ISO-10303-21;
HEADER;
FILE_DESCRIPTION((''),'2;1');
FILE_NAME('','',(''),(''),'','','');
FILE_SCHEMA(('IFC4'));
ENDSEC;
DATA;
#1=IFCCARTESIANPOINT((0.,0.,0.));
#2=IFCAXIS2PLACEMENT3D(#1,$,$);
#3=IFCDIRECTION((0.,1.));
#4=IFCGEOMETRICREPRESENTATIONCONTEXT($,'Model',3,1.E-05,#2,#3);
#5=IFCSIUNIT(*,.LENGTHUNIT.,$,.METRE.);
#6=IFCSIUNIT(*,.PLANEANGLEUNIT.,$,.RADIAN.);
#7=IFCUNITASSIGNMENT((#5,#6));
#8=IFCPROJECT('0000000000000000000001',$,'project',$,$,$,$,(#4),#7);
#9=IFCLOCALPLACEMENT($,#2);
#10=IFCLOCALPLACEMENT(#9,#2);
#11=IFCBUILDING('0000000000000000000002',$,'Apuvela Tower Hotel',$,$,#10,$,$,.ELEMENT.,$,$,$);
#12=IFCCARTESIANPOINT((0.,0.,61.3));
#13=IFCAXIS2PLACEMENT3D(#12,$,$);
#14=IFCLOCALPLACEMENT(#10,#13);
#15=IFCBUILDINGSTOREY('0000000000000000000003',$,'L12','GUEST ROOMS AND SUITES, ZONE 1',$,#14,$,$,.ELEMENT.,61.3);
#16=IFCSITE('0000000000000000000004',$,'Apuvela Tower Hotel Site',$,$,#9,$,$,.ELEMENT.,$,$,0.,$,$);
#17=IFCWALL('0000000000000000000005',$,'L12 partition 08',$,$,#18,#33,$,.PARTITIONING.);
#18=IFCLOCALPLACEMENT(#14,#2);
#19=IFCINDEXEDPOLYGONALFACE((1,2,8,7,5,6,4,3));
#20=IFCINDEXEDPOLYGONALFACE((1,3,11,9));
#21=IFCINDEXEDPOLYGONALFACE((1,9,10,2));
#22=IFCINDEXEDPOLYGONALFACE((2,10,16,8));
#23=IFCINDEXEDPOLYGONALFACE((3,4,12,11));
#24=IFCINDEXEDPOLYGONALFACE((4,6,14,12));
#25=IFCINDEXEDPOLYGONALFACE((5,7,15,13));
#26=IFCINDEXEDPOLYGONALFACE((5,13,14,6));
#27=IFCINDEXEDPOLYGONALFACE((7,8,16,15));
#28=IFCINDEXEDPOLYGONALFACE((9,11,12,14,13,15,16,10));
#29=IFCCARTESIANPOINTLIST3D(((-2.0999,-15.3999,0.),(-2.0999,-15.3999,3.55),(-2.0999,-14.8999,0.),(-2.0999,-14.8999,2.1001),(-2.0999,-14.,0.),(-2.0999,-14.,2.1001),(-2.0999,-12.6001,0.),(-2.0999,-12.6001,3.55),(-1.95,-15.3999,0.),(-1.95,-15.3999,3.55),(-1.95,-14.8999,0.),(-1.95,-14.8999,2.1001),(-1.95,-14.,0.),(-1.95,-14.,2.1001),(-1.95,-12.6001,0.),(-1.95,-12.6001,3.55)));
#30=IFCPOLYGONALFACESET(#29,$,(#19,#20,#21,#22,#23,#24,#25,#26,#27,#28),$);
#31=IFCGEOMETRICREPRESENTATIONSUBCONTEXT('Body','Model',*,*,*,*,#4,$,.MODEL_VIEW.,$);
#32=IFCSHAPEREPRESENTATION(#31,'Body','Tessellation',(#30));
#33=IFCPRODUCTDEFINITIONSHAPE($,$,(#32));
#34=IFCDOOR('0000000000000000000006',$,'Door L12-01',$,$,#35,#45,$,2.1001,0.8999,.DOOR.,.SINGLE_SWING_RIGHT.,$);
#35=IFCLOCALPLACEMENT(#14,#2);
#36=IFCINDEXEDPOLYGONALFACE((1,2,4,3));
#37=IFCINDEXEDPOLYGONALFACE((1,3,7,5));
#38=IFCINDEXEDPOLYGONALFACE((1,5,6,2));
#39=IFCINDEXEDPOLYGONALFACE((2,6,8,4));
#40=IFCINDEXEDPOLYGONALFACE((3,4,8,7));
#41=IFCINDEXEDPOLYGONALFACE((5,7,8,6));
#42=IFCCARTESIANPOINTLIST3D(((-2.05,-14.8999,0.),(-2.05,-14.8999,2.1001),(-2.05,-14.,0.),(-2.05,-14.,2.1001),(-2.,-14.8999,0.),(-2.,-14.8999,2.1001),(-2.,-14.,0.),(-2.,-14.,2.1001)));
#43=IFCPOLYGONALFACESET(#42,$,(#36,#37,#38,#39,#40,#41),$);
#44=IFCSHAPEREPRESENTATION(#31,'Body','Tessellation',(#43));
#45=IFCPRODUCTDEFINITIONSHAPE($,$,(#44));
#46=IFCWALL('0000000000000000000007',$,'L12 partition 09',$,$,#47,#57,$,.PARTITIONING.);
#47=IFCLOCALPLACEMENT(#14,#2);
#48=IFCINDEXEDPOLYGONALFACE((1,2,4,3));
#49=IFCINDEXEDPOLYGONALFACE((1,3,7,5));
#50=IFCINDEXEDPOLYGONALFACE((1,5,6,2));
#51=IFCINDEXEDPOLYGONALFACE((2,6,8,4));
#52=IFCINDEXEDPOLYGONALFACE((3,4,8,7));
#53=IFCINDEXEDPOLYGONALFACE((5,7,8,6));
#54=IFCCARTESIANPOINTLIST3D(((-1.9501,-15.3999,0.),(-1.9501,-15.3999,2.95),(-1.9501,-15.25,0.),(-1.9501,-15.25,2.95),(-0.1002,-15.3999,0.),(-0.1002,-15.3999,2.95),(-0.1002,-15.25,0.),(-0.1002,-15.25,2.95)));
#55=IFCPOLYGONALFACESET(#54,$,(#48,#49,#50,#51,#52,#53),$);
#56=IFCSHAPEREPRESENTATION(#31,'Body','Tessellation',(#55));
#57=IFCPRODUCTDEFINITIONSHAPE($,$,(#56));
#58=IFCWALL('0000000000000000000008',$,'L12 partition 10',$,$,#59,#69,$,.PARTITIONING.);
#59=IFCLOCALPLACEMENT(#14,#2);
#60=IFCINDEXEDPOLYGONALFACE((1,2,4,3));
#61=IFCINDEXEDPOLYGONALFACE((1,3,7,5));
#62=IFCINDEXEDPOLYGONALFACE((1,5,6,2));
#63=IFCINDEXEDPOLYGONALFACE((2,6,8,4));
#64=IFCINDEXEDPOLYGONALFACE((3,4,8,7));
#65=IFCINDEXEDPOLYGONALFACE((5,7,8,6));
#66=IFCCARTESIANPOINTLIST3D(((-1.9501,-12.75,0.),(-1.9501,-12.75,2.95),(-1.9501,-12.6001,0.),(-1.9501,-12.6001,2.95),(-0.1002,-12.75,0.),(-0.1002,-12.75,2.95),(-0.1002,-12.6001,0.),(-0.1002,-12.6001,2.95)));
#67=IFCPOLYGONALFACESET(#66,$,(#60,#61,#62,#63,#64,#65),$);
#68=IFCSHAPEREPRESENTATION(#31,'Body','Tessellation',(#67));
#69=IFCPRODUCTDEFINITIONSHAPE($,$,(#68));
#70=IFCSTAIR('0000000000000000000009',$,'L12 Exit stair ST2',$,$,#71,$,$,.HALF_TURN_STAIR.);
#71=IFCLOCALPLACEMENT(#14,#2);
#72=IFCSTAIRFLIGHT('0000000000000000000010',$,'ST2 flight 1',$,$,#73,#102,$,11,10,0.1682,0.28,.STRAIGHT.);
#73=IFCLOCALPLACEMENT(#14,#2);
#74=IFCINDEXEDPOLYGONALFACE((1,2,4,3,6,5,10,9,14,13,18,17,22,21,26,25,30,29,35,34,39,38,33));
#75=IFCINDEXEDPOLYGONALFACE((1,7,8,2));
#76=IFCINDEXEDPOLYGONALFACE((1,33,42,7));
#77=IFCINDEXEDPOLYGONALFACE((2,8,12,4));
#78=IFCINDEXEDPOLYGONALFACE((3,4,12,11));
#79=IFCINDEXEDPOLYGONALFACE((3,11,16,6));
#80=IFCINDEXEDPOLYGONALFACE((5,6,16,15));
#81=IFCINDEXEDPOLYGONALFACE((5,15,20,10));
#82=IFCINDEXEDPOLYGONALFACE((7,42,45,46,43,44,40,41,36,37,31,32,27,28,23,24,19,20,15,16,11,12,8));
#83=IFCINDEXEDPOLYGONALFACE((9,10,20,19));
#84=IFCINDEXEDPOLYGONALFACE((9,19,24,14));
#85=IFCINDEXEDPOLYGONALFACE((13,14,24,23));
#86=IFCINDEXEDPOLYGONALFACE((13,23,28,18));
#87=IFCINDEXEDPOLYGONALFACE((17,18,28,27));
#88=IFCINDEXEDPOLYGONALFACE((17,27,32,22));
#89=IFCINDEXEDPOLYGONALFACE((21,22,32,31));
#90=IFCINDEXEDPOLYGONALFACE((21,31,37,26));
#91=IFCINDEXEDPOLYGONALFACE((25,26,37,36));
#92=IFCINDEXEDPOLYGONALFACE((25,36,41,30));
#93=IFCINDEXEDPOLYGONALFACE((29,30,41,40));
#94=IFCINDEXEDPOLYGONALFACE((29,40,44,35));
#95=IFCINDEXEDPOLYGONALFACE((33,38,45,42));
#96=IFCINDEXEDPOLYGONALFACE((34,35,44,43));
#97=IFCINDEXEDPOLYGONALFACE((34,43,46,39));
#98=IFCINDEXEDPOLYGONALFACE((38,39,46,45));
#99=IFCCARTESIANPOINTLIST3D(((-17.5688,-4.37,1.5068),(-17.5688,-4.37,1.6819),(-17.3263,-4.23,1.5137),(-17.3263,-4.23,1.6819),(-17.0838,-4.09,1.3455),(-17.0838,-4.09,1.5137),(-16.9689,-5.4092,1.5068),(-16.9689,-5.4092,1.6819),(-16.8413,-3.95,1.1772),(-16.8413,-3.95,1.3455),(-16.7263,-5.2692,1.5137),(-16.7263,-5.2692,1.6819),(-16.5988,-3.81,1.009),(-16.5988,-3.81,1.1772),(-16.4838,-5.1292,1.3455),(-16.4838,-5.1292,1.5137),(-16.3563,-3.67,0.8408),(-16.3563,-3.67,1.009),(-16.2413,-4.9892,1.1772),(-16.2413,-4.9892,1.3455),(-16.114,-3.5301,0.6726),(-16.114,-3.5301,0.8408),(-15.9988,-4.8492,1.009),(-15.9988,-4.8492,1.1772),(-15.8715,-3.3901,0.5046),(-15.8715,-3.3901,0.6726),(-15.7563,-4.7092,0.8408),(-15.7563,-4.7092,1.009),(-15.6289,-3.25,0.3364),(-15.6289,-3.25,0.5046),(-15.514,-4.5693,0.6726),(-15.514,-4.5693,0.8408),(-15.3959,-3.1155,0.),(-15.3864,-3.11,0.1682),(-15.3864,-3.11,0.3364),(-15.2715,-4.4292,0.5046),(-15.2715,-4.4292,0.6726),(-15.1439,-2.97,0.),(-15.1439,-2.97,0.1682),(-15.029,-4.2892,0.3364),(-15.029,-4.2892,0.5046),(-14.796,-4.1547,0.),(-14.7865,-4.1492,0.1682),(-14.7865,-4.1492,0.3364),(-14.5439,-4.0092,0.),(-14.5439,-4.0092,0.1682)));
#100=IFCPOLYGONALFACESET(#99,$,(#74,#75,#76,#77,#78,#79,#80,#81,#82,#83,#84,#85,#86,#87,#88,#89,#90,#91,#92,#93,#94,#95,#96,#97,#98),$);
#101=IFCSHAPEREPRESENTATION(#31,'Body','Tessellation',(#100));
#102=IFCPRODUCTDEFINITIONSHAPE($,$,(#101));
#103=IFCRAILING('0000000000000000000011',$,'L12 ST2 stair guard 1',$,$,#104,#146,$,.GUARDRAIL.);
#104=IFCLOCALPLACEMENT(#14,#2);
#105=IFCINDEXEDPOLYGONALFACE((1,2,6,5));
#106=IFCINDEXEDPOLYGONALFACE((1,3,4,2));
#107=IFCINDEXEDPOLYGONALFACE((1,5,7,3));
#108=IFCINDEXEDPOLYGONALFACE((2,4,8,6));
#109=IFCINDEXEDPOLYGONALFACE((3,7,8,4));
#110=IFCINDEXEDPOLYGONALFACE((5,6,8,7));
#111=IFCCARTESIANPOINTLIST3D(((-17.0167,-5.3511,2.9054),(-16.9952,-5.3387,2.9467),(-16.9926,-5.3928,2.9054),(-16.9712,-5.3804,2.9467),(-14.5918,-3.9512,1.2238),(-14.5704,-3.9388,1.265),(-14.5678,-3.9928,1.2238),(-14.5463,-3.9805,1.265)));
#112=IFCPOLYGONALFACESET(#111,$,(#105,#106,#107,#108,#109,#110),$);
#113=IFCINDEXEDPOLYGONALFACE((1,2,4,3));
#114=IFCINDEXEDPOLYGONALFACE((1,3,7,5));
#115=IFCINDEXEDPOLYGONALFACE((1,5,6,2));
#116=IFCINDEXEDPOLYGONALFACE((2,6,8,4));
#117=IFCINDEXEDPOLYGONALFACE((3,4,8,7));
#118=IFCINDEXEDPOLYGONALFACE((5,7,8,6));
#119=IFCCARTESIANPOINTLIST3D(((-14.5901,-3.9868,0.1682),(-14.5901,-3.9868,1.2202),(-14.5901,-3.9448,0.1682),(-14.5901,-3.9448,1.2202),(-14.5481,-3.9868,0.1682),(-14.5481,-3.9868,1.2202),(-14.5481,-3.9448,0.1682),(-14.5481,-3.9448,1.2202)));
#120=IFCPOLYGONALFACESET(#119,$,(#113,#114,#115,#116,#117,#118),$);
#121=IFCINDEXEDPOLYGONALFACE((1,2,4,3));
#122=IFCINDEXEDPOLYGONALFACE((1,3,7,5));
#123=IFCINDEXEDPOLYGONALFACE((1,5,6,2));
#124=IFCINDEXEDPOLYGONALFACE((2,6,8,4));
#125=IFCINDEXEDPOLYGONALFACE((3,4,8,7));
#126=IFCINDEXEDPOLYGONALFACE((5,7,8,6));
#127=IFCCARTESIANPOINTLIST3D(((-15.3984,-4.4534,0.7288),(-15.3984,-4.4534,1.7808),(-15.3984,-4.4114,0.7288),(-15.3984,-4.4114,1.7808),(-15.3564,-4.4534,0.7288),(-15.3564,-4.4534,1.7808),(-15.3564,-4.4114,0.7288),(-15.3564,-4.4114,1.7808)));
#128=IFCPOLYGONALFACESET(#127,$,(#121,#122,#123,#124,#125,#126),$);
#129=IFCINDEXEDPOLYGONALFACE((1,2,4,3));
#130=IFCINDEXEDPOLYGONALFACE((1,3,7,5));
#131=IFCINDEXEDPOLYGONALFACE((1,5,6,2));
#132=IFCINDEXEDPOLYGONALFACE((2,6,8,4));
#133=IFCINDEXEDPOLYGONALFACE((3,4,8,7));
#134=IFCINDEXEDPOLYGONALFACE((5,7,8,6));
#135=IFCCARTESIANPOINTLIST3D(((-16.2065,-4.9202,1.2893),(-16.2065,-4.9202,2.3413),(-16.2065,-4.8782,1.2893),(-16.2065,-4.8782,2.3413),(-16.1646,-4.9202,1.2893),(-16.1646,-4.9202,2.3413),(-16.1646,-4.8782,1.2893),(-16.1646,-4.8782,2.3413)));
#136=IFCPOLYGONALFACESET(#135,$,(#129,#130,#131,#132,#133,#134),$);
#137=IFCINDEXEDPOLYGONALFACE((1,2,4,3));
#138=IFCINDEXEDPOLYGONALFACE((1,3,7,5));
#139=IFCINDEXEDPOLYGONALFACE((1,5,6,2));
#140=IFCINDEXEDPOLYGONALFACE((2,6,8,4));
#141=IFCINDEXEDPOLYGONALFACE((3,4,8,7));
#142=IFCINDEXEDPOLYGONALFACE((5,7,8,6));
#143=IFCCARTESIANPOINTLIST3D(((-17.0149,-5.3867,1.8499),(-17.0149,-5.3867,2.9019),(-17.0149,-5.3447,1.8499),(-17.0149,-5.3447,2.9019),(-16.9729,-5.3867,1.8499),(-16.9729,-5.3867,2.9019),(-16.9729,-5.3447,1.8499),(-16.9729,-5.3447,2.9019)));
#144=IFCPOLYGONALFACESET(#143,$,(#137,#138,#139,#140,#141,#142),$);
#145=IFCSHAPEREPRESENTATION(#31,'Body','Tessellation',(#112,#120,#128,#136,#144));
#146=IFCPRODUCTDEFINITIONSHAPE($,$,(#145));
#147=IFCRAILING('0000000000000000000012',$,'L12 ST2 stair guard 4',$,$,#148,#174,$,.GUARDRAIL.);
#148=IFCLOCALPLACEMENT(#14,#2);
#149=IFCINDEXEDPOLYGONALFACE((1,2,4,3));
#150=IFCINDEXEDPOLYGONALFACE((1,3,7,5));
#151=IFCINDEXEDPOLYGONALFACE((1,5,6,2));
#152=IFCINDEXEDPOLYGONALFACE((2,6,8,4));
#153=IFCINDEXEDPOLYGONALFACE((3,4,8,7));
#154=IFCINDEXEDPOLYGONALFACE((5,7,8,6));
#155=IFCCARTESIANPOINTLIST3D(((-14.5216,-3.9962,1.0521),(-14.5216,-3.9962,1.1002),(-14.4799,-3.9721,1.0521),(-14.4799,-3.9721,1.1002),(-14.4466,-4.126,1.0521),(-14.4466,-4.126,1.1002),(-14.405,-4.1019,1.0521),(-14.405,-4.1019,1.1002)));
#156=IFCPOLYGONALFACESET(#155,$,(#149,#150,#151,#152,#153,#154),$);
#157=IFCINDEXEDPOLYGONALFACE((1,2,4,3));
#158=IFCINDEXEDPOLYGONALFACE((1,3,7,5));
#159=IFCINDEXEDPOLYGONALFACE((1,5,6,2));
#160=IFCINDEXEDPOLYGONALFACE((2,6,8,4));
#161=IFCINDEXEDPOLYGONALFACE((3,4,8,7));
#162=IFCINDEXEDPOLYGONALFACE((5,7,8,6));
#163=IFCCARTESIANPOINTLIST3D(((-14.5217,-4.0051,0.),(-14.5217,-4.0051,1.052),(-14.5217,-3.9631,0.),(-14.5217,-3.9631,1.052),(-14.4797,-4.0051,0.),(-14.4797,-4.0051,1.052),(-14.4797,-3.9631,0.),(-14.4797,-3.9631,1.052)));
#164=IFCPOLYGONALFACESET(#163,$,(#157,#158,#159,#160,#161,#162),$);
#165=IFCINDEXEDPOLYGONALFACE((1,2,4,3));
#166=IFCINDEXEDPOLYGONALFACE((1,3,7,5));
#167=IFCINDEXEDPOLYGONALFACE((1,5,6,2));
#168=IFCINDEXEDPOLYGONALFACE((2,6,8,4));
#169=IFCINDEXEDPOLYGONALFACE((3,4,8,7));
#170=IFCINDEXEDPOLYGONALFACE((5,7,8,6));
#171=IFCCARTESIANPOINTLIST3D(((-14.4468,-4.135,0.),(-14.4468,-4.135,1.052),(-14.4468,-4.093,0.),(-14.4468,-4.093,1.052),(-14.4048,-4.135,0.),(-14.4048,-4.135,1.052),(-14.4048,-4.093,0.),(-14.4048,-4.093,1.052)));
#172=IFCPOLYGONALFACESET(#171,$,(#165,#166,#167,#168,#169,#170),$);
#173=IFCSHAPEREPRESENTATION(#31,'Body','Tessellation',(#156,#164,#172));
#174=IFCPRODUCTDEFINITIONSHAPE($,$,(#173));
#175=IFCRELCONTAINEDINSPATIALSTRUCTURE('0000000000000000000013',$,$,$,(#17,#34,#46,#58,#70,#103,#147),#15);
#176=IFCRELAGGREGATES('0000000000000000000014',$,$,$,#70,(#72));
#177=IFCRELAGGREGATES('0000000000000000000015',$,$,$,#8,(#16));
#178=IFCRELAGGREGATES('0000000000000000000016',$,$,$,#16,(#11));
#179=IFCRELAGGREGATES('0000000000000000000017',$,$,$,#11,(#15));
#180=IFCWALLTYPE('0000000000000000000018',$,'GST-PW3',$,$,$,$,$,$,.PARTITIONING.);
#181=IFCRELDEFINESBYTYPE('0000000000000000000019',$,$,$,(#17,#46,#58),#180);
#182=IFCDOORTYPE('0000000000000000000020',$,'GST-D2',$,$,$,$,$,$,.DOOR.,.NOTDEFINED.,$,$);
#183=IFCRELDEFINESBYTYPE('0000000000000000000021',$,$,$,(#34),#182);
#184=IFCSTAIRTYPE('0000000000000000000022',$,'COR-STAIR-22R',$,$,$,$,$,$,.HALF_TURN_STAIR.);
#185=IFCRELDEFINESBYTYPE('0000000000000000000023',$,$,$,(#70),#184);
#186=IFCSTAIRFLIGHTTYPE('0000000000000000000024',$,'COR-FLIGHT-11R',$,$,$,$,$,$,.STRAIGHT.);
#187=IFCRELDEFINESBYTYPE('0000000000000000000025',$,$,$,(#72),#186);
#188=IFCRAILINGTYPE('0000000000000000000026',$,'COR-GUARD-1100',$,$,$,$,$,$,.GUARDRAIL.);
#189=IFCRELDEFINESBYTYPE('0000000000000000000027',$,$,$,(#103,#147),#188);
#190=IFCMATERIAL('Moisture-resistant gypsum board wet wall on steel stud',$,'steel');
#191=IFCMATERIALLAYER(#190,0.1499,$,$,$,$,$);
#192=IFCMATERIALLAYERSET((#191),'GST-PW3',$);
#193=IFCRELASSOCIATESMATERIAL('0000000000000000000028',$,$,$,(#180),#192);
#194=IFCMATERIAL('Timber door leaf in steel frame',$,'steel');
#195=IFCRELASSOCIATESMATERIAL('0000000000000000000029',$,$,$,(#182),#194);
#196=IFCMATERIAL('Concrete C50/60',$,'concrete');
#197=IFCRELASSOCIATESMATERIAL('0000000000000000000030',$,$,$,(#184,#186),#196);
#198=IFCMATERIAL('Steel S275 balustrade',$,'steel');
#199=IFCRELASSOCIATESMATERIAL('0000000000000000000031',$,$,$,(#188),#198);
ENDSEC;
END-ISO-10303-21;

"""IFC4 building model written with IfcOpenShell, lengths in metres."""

from ifc_helpers import new_model, si_unit, direction, frame, frame_2d, origin, origin_2d, place, context, subcontext, project, spatial, polyline, rectangle, outline, extrude, material, layer, layer_set, type_object, element, fill, aggregate, save


model = new_model("IFC4")

# Units and contexts
model_context = context("Model", 3, precision=1e-05, world=origin(), true_north=direction((0.0, 1.0)))
body_context = subcontext(model_context, "Body", "Model", "MODEL_VIEW")
ifc_project = project(units=[si_unit("LENGTHUNIT", "METRE"), si_unit("PLANEANGLEUNIT", "RADIAN")], contexts=[model_context])

# Site, building, storey
site_placement = place(None, origin())
site = spatial("IfcSite", under=ifc_project, at=site_placement, Name="Apuvela Tower Hotel Site", CompositionType="ELEMENT", RefElevation=0.0)
building_placement = place(site_placement, origin())
building = spatial("IfcBuilding", under=site, at=building_placement, Name="Apuvela Tower Hotel", CompositionType="ELEMENT")
storey_placement = place(building_placement, frame((0.0, 0.0, 61.3)))
storey = spatial("IfcBuildingStorey", under=building, at=storey_placement, Name="L12", Description="GUEST ROOMS AND SUITES, ZONE 1", CompositionType="ELEMENT", Elevation=61.3)

# Shared definitions
ifc_material_1 = material(Name="Concrete C50/60", Category="concrete")

# Wall, opening, door
ifc_material_2 = material(Name="Timber door leaf in steel frame", Category="steel")
ifc_material_3 = material(Name="Moisture-resistant gypsum board wet wall on steel stud", Category="steel")
ifc_layer_1 = layer(ifc_material_3, 0.1499)
ifc_layer_set_1 = layer_set([ifc_layer_1], Name="GST-PW3")
wall_type_1 = type_object("IfcWallType", Name="GST-PW3", PredefinedType="PARTITIONING", material=ifc_layer_set_1)
wall_1_placement = place(storey_placement, frame((-2.0249, -12.6001, 0.0), z_axis=(0.0, 0.0, 1.0), x_axis=(0.0, -1.0, 0.0)))
wall_1 = element("IfcWall", 1, at=wall_1_placement, inside=storey, type_object=wall_type_1, Name="L12 partition 08", PredefinedType="PARTITIONING", context=body_context, shape_type="SweptSolid", body=[
    extrude(rectangle(XDim=2.7998, YDim=0.1499, at=frame_2d((1.3999, 0.0))), origin(), (0.0, 0.0, 1.0), 3.55),
])
opening_1_placement = place(wall_1_placement, frame((1.3999, 0.0, 0.0)))
opening_1 = element("IfcOpeningElement", 2, at=opening_1_placement, cuts=wall_1, PredefinedType="OPENING", context=body_context, shape_type="SweptSolid", body=[
    extrude(rectangle(XDim=0.8999, YDim=2.1001, at=frame_2d((0.45, 1.05))), frame((0.0, 0.085, 0.0), z_axis=(0.0, -1.0, 0.0), x_axis=(1.0, 0.0, 0.0)), (0.0, 0.0, 1.0), 0.1699),
])
door_type_1 = type_object("IfcDoorType", Name="GST-D2", OperationType="NOTDEFINED", PredefinedType="DOOR", material=ifc_material_2)
door_1_placement = place(opening_1_placement, origin())
door_1 = element("IfcDoor", 3, at=door_1_placement, inside=storey, type_object=door_type_1, Name="Door L12-01", OperationType="SINGLE_SWING_RIGHT", OverallHeight=2.1001, OverallWidth=0.8999, PredefinedType="DOOR", context=body_context, shape_type="SweptSolid", body=[
    extrude(rectangle(XDim=0.8999, YDim=2.1001, at=frame_2d((0.45, 1.05))), frame((0.0, 0.0249, 0.0), z_axis=(0.0, -1.0, 0.0), x_axis=(1.0, 0.0, 0.0)), (0.0, 0.0, 1.0), 0.05),
])
fill(opening_1, door_1)

# Walls
for number, where, z_axis, x_axis, name in (
    (4, (-1.95, -15.325, 0.0), (0.0, 0.0, 1.0), (1.0, 0.0, 0.0), "L12 partition 09"),
    (5, (-1.95, -12.675, 0.0), (0.0, 0.0, 1.0), (1.0, 0.0, 0.0), "L12 partition 10"),
):
    element("IfcWall", number, at=place(storey_placement, frame(where, z_axis=z_axis, x_axis=x_axis)), inside=storey, type_object=wall_type_1, Name=name, PredefinedType="PARTITIONING", context=body_context, shape_type="SweptSolid", body=[
        extrude(rectangle(XDim=1.8499, YDim=0.1499, at=frame_2d((0.9248, 0.0))), origin(), (0.0, 0.0, 1.0), 2.95),
    ])

# Stair, stair flight
stair_type = type_object("IfcStairType", Name="COR-STAIR-22R", PredefinedType="HALF_TURN_STAIR", material=ifc_material_1)
stair_placement = place(storey_placement, origin())
stair = element("IfcStair", 6, at=stair_placement, inside=storey, type_object=stair_type, Name="L12 Exit stair ST2", PredefinedType="HALF_TURN_STAIR")
stair_flight_type = type_object("IfcStairFlightType", Name="COR-FLIGHT-11R", PredefinedType="STRAIGHT", material=ifc_material_1)
stair_flight_placement = place(storey_placement, frame((-14.844, -3.4895, 0.0), z_axis=(0.0, 0.0, 1.0), x_axis=(-0.866025, -0.5, 0.0)))
stair_flight = element("IfcStairFlight", 7, at=stair_flight_placement, type_object=stair_flight_type, Name="ST2 flight 1", NumberOfRisers=11, NumberOfTreads=10, PredefinedType="STRAIGHT", RiserHeight=0.1682, TreadLength=0.28, context=body_context, shape_type="SweptSolid", body=[
    extrude(outline(polyline([(0.0, 0.0), (0.0, 0.1682), (0.28, 0.1682), (0.28, 0.3364), (0.5601, 0.3364), (0.5601, 0.5046), (0.8401, 0.5046), (0.8401, 0.6726), (1.1201, 0.6726), (1.1201, 0.8408), (1.3999, 0.8408), (1.3999, 1.009), (1.6799, 1.009), (1.6799, 1.1772), (1.96, 1.1772), (1.96, 1.3455), (2.24, 1.3455), (2.24, 1.5137), (2.52, 1.5137), (2.52, 1.6819), (2.8, 1.6819), (2.8, 1.8501), (2.8, 1.5068), (0.291, 0.0), (0.0, 0.0)])), frame((0.0, 0.6001, 0.0), z_axis=(0.0, -1.0, 0.0), x_axis=(1.0, 0.0, 0.0)), (0.0, 0.0, 1.0), 1.2),
])
aggregate(stair, [stair_flight])

# Railings
ifc_material_4 = material(Name="Steel S275 balustrade", Category="steel")
railing_type_1 = type_object("IfcRailingType", Name="COR-GUARD-1100", PredefinedType="GUARDRAIL", material=ifc_material_4)
railing_1_placement = place(storey_placement, frame((-14.5691, -3.9658, 0.1682)))
element("IfcRailing", 8, at=railing_1_placement, inside=storey, type_object=railing_type_1, Name="L12 ST2 stair guard 1", PredefinedType="GUARDRAIL", context=body_context, shape_type="SweptSolid", body=[
    extrude(rectangle(XDim=0.0481, YDim=0.0481, at=origin_2d()), frame((0.0, 0.0, 1.0762), z_axis=(-0.742419, -0.428618, 0.514879), x_axis=(0.499984, -0.866035, 0.0)), (0.0, 0.0, 1.0), 3.2661),
    extrude(rectangle(XDim=0.042, YDim=0.042, at=origin_2d()), origin(), (0.0, 0.0, 1.0), 1.052),
    extrude(rectangle(XDim=0.042, YDim=0.042, at=origin_2d()), frame((-0.8083, -0.4666, 0.5605)), (0.0, 0.0, 1.0), 1.052),
    extrude(rectangle(XDim=0.042, YDim=0.042, at=origin_2d()), frame((-1.6165, -0.9333, 1.1211)), (0.0, 0.0, 1.0), 1.052),
    extrude(rectangle(XDim=0.042, YDim=0.042, at=origin_2d()), frame((-2.4248, -1.3999, 1.6816)), (0.0, 0.0, 1.0), 1.052),
])
railing_2_placement = place(storey_placement, frame((-14.5007, -3.9841, 0.0)))
element("IfcRailing", 9, at=railing_2_placement, inside=storey, type_object=railing_type_1, Name="L12 ST2 stair guard 4", PredefinedType="GUARDRAIL", context=body_context, shape_type="SweptSolid", body=[
    extrude(rectangle(XDim=0.0481, YDim=0.0481, at=origin_2d()), frame((0.0, 0.0, 1.0762), z_axis=(0.499816, -0.866131, 0.0), x_axis=(0.866131, 0.499816, 0.0)), (0.0, 0.0, 1.0), 0.1499),
    extrude(rectangle(XDim=0.042, YDim=0.042, at=origin_2d()), origin(), (0.0, 0.0, 1.0), 1.052),
    extrude(rectangle(XDim=0.042, YDim=0.042, at=origin_2d()), frame((0.075, -0.1299, 0.0)), (0.0, 0.0, 1.0), 1.052),
])

save(model, "model.ifc")
